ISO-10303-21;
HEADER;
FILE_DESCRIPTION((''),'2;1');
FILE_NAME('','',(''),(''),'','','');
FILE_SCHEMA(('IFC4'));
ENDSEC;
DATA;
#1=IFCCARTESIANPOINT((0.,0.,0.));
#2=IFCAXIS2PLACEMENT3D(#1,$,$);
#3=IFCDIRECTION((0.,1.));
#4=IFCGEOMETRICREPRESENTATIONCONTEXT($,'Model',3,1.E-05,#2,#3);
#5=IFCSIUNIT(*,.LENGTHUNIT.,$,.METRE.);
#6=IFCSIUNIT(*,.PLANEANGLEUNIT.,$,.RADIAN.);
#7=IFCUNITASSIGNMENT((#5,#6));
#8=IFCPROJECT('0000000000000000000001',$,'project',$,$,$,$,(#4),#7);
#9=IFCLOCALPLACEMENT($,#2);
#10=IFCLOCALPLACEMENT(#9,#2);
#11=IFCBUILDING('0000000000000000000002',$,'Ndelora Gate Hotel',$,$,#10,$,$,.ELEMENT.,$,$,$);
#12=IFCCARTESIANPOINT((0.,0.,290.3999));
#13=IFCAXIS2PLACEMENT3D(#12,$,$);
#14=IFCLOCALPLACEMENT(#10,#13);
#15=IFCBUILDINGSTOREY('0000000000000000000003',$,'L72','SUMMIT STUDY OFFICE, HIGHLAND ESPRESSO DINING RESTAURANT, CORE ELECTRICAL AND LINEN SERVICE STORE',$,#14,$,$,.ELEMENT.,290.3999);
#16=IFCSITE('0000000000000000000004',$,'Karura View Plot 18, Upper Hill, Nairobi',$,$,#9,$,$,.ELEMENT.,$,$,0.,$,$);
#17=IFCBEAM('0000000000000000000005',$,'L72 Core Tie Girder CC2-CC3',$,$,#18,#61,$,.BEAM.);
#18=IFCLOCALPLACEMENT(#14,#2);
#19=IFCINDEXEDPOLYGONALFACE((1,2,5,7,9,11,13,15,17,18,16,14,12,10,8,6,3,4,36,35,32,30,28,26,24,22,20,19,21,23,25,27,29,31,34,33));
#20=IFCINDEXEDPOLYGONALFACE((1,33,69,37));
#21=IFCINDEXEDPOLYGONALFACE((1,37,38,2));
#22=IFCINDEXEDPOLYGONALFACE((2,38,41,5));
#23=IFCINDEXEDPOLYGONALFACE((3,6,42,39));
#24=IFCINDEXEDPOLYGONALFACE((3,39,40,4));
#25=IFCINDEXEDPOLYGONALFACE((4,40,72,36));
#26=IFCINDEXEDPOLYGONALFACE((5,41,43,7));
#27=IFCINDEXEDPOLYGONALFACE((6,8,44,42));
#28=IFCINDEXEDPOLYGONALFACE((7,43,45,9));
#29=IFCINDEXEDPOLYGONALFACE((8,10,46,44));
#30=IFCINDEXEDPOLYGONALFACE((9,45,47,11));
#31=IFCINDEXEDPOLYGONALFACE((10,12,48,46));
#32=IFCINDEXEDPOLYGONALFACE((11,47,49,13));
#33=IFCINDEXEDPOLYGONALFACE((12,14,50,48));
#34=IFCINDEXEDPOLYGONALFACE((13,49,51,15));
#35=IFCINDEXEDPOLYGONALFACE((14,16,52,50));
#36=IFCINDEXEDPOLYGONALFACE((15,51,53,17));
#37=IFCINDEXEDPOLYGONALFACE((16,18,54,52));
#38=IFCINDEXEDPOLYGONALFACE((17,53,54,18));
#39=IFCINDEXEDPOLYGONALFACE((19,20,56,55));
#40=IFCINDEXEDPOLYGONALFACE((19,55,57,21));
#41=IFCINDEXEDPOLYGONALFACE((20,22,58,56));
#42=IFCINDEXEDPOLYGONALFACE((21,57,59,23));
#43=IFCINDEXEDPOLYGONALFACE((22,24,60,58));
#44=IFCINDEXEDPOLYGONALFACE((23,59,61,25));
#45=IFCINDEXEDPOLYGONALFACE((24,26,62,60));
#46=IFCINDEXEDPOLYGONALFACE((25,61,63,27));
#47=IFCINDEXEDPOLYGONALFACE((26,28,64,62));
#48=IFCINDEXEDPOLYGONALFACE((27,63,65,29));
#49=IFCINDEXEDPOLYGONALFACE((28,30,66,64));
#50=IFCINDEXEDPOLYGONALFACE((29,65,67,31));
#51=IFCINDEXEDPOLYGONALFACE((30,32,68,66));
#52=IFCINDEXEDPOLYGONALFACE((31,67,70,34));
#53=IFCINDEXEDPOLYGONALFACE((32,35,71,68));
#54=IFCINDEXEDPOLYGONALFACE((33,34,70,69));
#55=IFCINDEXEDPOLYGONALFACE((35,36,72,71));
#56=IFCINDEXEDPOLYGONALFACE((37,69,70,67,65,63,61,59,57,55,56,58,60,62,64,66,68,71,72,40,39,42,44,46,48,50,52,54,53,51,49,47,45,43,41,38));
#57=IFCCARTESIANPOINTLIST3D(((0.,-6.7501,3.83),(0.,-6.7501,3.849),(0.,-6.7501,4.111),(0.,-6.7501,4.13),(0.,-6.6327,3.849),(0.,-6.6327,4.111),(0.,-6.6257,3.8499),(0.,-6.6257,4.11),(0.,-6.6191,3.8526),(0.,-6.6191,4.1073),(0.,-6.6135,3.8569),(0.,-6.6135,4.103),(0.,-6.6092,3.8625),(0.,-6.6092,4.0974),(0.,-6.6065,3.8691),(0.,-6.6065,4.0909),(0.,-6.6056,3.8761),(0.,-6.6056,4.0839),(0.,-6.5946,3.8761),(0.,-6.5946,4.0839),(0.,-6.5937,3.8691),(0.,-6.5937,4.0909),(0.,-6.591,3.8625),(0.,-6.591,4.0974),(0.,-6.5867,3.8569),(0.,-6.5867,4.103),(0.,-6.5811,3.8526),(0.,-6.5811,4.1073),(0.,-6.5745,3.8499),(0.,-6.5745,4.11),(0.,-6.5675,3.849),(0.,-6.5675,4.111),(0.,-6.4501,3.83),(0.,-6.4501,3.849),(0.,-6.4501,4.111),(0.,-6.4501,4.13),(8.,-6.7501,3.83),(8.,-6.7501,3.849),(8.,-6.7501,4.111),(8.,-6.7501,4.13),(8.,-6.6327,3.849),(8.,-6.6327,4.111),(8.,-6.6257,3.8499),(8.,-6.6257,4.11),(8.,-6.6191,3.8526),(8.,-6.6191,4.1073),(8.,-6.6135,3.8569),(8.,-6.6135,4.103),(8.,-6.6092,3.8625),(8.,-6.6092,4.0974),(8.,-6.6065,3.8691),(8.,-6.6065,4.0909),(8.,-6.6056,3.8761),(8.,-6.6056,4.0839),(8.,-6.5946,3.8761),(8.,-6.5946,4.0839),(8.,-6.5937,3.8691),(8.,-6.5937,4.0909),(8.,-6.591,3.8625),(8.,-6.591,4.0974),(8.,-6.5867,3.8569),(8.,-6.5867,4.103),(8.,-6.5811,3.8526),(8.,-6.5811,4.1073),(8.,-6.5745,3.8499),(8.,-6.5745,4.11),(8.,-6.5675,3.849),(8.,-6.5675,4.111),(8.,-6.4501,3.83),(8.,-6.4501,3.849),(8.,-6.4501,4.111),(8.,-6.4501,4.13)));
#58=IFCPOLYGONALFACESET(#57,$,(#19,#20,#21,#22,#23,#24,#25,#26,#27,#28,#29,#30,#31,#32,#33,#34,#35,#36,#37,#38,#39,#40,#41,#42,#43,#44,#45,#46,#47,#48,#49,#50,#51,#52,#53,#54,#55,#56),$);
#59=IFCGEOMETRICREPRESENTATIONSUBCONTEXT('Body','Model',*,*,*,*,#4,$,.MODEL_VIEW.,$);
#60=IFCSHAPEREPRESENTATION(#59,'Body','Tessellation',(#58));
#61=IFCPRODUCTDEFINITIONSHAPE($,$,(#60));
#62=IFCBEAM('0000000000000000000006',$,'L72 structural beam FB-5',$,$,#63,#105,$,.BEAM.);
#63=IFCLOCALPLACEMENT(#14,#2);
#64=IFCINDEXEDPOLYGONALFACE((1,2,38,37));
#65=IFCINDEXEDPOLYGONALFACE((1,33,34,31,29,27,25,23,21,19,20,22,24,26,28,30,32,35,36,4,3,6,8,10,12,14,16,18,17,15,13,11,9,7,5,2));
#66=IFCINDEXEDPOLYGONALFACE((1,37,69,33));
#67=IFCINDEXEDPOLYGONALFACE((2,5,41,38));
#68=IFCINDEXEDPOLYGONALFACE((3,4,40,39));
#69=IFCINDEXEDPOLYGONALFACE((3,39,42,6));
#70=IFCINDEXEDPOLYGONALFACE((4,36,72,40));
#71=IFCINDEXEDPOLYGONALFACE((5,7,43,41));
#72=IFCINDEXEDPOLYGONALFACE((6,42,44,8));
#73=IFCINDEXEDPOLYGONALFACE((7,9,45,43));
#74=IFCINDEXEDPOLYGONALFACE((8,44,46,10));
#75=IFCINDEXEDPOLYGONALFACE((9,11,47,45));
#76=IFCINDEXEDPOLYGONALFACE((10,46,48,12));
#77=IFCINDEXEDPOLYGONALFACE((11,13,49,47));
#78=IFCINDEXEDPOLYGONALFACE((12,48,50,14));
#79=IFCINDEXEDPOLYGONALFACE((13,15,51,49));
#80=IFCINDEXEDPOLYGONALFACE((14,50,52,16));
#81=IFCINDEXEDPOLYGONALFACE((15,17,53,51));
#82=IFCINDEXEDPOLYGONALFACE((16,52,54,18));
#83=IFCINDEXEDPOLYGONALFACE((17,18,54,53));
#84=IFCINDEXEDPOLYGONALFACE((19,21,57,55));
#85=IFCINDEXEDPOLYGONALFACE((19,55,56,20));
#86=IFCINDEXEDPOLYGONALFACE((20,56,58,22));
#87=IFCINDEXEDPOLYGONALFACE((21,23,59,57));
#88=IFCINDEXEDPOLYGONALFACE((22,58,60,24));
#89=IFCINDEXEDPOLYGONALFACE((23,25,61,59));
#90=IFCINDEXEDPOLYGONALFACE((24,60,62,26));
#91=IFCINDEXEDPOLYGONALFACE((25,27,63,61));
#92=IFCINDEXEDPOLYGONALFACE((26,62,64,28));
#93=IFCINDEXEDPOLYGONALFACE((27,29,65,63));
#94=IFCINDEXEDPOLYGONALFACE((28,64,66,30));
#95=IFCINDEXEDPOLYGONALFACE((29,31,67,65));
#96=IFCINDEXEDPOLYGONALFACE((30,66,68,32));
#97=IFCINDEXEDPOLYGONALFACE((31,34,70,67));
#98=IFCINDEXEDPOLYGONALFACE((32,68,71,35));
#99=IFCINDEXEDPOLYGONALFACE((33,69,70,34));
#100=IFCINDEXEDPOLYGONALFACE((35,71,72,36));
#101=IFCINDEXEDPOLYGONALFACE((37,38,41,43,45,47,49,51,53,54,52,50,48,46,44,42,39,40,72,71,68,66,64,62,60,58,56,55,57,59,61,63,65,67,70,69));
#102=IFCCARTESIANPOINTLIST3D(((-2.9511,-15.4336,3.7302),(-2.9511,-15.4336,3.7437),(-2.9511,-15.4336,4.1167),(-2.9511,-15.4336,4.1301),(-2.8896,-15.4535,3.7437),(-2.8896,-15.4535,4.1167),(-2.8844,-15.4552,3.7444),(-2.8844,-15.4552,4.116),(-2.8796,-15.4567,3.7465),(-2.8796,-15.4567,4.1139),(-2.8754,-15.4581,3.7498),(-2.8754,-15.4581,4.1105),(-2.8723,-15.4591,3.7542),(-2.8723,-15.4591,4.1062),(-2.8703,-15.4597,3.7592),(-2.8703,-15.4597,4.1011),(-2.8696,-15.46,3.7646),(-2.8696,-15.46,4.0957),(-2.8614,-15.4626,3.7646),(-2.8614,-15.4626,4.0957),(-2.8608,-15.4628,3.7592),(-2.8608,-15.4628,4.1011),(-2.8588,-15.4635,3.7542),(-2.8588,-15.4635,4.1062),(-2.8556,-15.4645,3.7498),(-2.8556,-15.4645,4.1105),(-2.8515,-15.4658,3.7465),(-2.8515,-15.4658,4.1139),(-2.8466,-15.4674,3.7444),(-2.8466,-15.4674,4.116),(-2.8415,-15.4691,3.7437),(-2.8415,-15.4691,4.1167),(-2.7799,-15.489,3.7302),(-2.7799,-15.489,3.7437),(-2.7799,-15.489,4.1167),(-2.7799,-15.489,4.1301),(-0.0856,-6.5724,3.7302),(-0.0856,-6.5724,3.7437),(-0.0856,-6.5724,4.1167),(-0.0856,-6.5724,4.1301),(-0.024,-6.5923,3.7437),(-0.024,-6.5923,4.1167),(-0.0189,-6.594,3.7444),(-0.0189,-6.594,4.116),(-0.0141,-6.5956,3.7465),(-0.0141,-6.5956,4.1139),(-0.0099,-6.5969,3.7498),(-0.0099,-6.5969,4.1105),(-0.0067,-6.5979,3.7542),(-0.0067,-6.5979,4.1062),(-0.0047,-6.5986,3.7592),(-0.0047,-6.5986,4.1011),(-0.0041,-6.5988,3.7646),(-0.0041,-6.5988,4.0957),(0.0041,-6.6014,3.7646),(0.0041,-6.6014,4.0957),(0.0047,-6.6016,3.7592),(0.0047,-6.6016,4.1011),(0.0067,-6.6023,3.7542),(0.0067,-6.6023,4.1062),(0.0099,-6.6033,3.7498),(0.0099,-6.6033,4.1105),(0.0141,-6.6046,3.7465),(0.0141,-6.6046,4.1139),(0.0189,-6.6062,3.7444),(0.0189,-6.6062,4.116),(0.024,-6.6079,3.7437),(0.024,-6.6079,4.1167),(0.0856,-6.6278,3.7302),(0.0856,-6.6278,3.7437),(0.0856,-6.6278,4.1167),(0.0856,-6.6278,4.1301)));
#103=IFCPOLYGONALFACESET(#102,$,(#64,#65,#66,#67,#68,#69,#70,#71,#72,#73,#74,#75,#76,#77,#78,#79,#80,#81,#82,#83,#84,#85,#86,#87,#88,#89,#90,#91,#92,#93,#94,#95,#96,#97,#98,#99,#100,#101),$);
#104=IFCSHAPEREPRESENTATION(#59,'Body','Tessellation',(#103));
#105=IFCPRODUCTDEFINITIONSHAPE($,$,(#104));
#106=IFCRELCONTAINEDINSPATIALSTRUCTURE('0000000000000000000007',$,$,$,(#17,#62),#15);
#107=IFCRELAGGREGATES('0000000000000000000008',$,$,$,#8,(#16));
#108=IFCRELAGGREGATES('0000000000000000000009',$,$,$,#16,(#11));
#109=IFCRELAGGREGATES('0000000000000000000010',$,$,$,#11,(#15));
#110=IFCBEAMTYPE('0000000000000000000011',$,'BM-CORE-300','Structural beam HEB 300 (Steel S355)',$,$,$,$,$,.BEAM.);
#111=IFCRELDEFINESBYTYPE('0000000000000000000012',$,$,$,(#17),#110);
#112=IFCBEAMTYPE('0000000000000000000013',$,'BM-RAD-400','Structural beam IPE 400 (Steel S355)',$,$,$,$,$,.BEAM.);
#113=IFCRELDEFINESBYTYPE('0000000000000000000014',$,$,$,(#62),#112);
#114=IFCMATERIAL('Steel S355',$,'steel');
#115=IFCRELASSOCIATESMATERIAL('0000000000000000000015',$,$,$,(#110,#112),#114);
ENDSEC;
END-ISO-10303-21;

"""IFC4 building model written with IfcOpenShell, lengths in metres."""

from ifc_helpers import new_model, si_unit, direction, frame, origin, origin_2d, place, context, subcontext, project, spatial, i_section, extrude, material, material_profile, profile_set, type_object, element, save


model = new_model("IFC4")

# Units and contexts
model_context = context("Model", 3, precision=1e-05, world=origin(), true_north=direction((0.0, 1.0)))
body_context = subcontext(model_context, "Body", "Model", "MODEL_VIEW")
ifc_project = project(units=[si_unit("LENGTHUNIT", "METRE"), si_unit("PLANEANGLEUNIT", "RADIAN")], contexts=[model_context])

# Site, building, storey
site_placement = place(None, origin())
site = spatial("IfcSite", under=ifc_project, at=site_placement, Name="Karura View Plot 18, Upper Hill, Nairobi", CompositionType="ELEMENT", RefElevation=0.0)
building_placement = place(site_placement, origin())
building = spatial("IfcBuilding", under=site, at=building_placement, Name="Ndelora Gate Hotel", CompositionType="ELEMENT")
storey_placement = place(building_placement, frame((0.0, 0.0, 290.3999)))
storey = spatial("IfcBuildingStorey", under=building, at=storey_placement, Name="L72", Description="SUMMIT STUDY OFFICE, HIGHLAND ESPRESSO DINING RESTAURANT, CORE ELECTRICAL AND LINEN SERVICE STORE", CompositionType="ELEMENT", Elevation=290.3999)

# Beams
ifc_material_1 = material(Name="Steel S355", Category="steel")
ifc_material_profile_1 = material_profile(ifc_material_1, i_section(OverallWidth=0.3, OverallDepth=0.3, WebThickness=0.011, FlangeThickness=0.019, FilletRadius=0.0271, at=origin_2d()), Name="HEB 300")
ifc_profile_set_1 = profile_set([ifc_material_profile_1], Name="Steel S355")
beam_type_1 = type_object("IfcBeamType", Name="BM-CORE-300", Description="Structural beam HEB 300 (Steel S355)", PredefinedType="BEAM", material=ifc_profile_set_1)
beam_1_placement = place(storey_placement, frame((0.0, -6.6001, 3.98), z_axis=(1.0, 0.0, 0.0), x_axis=(0.0, 1.0, 0.0)))
element("IfcBeam", 1, at=beam_1_placement, inside=storey, type_object=beam_type_1, Name="L72 Core Tie Girder CC2-CC3", PredefinedType="BEAM", context=body_context, shape_type="SweptSolid", body=[
    extrude(i_section(OverallWidth=0.3, OverallDepth=0.3, WebThickness=0.011, FlangeThickness=0.019, FilletRadius=0.0271, at=origin_2d()), origin(), (0.0, 0.0, 1.0), 8.0),
])
ifc_material_profile_2 = material_profile(ifc_material_1, i_section(OverallWidth=0.1799, OverallDepth=0.3999, WebThickness=0.0085, FlangeThickness=0.0134, FilletRadius=0.021, at=origin_2d()), Name="IPE 400")
ifc_profile_set_2 = profile_set([ifc_material_profile_2], Name="Steel S355")
beam_type_2 = type_object("IfcBeamType", Name="BM-RAD-400", Description="Structural beam IPE 400 (Steel S355)", PredefinedType="BEAM", material=ifc_profile_set_2)
beam_2_placement = place(storey_placement, frame((0.0, -6.6001, 3.9302), z_axis=(-0.30769, -0.951487, 0.0), x_axis=(0.951487, -0.30769, 0.0)))
element("IfcBeam", 2, at=beam_2_placement, inside=storey, type_object=beam_type_2, Name="L72 structural beam FB-5", PredefinedType="BEAM", context=body_context, shape_type="SweptSolid", body=[
    extrude(i_section(OverallWidth=0.1799, OverallDepth=0.3999, WebThickness=0.0085, FlangeThickness=0.0134, FilletRadius=0.021, at=origin_2d()), origin(), (0.0, 0.0, 1.0), 9.313),
])

save(model, "model.ifc")
